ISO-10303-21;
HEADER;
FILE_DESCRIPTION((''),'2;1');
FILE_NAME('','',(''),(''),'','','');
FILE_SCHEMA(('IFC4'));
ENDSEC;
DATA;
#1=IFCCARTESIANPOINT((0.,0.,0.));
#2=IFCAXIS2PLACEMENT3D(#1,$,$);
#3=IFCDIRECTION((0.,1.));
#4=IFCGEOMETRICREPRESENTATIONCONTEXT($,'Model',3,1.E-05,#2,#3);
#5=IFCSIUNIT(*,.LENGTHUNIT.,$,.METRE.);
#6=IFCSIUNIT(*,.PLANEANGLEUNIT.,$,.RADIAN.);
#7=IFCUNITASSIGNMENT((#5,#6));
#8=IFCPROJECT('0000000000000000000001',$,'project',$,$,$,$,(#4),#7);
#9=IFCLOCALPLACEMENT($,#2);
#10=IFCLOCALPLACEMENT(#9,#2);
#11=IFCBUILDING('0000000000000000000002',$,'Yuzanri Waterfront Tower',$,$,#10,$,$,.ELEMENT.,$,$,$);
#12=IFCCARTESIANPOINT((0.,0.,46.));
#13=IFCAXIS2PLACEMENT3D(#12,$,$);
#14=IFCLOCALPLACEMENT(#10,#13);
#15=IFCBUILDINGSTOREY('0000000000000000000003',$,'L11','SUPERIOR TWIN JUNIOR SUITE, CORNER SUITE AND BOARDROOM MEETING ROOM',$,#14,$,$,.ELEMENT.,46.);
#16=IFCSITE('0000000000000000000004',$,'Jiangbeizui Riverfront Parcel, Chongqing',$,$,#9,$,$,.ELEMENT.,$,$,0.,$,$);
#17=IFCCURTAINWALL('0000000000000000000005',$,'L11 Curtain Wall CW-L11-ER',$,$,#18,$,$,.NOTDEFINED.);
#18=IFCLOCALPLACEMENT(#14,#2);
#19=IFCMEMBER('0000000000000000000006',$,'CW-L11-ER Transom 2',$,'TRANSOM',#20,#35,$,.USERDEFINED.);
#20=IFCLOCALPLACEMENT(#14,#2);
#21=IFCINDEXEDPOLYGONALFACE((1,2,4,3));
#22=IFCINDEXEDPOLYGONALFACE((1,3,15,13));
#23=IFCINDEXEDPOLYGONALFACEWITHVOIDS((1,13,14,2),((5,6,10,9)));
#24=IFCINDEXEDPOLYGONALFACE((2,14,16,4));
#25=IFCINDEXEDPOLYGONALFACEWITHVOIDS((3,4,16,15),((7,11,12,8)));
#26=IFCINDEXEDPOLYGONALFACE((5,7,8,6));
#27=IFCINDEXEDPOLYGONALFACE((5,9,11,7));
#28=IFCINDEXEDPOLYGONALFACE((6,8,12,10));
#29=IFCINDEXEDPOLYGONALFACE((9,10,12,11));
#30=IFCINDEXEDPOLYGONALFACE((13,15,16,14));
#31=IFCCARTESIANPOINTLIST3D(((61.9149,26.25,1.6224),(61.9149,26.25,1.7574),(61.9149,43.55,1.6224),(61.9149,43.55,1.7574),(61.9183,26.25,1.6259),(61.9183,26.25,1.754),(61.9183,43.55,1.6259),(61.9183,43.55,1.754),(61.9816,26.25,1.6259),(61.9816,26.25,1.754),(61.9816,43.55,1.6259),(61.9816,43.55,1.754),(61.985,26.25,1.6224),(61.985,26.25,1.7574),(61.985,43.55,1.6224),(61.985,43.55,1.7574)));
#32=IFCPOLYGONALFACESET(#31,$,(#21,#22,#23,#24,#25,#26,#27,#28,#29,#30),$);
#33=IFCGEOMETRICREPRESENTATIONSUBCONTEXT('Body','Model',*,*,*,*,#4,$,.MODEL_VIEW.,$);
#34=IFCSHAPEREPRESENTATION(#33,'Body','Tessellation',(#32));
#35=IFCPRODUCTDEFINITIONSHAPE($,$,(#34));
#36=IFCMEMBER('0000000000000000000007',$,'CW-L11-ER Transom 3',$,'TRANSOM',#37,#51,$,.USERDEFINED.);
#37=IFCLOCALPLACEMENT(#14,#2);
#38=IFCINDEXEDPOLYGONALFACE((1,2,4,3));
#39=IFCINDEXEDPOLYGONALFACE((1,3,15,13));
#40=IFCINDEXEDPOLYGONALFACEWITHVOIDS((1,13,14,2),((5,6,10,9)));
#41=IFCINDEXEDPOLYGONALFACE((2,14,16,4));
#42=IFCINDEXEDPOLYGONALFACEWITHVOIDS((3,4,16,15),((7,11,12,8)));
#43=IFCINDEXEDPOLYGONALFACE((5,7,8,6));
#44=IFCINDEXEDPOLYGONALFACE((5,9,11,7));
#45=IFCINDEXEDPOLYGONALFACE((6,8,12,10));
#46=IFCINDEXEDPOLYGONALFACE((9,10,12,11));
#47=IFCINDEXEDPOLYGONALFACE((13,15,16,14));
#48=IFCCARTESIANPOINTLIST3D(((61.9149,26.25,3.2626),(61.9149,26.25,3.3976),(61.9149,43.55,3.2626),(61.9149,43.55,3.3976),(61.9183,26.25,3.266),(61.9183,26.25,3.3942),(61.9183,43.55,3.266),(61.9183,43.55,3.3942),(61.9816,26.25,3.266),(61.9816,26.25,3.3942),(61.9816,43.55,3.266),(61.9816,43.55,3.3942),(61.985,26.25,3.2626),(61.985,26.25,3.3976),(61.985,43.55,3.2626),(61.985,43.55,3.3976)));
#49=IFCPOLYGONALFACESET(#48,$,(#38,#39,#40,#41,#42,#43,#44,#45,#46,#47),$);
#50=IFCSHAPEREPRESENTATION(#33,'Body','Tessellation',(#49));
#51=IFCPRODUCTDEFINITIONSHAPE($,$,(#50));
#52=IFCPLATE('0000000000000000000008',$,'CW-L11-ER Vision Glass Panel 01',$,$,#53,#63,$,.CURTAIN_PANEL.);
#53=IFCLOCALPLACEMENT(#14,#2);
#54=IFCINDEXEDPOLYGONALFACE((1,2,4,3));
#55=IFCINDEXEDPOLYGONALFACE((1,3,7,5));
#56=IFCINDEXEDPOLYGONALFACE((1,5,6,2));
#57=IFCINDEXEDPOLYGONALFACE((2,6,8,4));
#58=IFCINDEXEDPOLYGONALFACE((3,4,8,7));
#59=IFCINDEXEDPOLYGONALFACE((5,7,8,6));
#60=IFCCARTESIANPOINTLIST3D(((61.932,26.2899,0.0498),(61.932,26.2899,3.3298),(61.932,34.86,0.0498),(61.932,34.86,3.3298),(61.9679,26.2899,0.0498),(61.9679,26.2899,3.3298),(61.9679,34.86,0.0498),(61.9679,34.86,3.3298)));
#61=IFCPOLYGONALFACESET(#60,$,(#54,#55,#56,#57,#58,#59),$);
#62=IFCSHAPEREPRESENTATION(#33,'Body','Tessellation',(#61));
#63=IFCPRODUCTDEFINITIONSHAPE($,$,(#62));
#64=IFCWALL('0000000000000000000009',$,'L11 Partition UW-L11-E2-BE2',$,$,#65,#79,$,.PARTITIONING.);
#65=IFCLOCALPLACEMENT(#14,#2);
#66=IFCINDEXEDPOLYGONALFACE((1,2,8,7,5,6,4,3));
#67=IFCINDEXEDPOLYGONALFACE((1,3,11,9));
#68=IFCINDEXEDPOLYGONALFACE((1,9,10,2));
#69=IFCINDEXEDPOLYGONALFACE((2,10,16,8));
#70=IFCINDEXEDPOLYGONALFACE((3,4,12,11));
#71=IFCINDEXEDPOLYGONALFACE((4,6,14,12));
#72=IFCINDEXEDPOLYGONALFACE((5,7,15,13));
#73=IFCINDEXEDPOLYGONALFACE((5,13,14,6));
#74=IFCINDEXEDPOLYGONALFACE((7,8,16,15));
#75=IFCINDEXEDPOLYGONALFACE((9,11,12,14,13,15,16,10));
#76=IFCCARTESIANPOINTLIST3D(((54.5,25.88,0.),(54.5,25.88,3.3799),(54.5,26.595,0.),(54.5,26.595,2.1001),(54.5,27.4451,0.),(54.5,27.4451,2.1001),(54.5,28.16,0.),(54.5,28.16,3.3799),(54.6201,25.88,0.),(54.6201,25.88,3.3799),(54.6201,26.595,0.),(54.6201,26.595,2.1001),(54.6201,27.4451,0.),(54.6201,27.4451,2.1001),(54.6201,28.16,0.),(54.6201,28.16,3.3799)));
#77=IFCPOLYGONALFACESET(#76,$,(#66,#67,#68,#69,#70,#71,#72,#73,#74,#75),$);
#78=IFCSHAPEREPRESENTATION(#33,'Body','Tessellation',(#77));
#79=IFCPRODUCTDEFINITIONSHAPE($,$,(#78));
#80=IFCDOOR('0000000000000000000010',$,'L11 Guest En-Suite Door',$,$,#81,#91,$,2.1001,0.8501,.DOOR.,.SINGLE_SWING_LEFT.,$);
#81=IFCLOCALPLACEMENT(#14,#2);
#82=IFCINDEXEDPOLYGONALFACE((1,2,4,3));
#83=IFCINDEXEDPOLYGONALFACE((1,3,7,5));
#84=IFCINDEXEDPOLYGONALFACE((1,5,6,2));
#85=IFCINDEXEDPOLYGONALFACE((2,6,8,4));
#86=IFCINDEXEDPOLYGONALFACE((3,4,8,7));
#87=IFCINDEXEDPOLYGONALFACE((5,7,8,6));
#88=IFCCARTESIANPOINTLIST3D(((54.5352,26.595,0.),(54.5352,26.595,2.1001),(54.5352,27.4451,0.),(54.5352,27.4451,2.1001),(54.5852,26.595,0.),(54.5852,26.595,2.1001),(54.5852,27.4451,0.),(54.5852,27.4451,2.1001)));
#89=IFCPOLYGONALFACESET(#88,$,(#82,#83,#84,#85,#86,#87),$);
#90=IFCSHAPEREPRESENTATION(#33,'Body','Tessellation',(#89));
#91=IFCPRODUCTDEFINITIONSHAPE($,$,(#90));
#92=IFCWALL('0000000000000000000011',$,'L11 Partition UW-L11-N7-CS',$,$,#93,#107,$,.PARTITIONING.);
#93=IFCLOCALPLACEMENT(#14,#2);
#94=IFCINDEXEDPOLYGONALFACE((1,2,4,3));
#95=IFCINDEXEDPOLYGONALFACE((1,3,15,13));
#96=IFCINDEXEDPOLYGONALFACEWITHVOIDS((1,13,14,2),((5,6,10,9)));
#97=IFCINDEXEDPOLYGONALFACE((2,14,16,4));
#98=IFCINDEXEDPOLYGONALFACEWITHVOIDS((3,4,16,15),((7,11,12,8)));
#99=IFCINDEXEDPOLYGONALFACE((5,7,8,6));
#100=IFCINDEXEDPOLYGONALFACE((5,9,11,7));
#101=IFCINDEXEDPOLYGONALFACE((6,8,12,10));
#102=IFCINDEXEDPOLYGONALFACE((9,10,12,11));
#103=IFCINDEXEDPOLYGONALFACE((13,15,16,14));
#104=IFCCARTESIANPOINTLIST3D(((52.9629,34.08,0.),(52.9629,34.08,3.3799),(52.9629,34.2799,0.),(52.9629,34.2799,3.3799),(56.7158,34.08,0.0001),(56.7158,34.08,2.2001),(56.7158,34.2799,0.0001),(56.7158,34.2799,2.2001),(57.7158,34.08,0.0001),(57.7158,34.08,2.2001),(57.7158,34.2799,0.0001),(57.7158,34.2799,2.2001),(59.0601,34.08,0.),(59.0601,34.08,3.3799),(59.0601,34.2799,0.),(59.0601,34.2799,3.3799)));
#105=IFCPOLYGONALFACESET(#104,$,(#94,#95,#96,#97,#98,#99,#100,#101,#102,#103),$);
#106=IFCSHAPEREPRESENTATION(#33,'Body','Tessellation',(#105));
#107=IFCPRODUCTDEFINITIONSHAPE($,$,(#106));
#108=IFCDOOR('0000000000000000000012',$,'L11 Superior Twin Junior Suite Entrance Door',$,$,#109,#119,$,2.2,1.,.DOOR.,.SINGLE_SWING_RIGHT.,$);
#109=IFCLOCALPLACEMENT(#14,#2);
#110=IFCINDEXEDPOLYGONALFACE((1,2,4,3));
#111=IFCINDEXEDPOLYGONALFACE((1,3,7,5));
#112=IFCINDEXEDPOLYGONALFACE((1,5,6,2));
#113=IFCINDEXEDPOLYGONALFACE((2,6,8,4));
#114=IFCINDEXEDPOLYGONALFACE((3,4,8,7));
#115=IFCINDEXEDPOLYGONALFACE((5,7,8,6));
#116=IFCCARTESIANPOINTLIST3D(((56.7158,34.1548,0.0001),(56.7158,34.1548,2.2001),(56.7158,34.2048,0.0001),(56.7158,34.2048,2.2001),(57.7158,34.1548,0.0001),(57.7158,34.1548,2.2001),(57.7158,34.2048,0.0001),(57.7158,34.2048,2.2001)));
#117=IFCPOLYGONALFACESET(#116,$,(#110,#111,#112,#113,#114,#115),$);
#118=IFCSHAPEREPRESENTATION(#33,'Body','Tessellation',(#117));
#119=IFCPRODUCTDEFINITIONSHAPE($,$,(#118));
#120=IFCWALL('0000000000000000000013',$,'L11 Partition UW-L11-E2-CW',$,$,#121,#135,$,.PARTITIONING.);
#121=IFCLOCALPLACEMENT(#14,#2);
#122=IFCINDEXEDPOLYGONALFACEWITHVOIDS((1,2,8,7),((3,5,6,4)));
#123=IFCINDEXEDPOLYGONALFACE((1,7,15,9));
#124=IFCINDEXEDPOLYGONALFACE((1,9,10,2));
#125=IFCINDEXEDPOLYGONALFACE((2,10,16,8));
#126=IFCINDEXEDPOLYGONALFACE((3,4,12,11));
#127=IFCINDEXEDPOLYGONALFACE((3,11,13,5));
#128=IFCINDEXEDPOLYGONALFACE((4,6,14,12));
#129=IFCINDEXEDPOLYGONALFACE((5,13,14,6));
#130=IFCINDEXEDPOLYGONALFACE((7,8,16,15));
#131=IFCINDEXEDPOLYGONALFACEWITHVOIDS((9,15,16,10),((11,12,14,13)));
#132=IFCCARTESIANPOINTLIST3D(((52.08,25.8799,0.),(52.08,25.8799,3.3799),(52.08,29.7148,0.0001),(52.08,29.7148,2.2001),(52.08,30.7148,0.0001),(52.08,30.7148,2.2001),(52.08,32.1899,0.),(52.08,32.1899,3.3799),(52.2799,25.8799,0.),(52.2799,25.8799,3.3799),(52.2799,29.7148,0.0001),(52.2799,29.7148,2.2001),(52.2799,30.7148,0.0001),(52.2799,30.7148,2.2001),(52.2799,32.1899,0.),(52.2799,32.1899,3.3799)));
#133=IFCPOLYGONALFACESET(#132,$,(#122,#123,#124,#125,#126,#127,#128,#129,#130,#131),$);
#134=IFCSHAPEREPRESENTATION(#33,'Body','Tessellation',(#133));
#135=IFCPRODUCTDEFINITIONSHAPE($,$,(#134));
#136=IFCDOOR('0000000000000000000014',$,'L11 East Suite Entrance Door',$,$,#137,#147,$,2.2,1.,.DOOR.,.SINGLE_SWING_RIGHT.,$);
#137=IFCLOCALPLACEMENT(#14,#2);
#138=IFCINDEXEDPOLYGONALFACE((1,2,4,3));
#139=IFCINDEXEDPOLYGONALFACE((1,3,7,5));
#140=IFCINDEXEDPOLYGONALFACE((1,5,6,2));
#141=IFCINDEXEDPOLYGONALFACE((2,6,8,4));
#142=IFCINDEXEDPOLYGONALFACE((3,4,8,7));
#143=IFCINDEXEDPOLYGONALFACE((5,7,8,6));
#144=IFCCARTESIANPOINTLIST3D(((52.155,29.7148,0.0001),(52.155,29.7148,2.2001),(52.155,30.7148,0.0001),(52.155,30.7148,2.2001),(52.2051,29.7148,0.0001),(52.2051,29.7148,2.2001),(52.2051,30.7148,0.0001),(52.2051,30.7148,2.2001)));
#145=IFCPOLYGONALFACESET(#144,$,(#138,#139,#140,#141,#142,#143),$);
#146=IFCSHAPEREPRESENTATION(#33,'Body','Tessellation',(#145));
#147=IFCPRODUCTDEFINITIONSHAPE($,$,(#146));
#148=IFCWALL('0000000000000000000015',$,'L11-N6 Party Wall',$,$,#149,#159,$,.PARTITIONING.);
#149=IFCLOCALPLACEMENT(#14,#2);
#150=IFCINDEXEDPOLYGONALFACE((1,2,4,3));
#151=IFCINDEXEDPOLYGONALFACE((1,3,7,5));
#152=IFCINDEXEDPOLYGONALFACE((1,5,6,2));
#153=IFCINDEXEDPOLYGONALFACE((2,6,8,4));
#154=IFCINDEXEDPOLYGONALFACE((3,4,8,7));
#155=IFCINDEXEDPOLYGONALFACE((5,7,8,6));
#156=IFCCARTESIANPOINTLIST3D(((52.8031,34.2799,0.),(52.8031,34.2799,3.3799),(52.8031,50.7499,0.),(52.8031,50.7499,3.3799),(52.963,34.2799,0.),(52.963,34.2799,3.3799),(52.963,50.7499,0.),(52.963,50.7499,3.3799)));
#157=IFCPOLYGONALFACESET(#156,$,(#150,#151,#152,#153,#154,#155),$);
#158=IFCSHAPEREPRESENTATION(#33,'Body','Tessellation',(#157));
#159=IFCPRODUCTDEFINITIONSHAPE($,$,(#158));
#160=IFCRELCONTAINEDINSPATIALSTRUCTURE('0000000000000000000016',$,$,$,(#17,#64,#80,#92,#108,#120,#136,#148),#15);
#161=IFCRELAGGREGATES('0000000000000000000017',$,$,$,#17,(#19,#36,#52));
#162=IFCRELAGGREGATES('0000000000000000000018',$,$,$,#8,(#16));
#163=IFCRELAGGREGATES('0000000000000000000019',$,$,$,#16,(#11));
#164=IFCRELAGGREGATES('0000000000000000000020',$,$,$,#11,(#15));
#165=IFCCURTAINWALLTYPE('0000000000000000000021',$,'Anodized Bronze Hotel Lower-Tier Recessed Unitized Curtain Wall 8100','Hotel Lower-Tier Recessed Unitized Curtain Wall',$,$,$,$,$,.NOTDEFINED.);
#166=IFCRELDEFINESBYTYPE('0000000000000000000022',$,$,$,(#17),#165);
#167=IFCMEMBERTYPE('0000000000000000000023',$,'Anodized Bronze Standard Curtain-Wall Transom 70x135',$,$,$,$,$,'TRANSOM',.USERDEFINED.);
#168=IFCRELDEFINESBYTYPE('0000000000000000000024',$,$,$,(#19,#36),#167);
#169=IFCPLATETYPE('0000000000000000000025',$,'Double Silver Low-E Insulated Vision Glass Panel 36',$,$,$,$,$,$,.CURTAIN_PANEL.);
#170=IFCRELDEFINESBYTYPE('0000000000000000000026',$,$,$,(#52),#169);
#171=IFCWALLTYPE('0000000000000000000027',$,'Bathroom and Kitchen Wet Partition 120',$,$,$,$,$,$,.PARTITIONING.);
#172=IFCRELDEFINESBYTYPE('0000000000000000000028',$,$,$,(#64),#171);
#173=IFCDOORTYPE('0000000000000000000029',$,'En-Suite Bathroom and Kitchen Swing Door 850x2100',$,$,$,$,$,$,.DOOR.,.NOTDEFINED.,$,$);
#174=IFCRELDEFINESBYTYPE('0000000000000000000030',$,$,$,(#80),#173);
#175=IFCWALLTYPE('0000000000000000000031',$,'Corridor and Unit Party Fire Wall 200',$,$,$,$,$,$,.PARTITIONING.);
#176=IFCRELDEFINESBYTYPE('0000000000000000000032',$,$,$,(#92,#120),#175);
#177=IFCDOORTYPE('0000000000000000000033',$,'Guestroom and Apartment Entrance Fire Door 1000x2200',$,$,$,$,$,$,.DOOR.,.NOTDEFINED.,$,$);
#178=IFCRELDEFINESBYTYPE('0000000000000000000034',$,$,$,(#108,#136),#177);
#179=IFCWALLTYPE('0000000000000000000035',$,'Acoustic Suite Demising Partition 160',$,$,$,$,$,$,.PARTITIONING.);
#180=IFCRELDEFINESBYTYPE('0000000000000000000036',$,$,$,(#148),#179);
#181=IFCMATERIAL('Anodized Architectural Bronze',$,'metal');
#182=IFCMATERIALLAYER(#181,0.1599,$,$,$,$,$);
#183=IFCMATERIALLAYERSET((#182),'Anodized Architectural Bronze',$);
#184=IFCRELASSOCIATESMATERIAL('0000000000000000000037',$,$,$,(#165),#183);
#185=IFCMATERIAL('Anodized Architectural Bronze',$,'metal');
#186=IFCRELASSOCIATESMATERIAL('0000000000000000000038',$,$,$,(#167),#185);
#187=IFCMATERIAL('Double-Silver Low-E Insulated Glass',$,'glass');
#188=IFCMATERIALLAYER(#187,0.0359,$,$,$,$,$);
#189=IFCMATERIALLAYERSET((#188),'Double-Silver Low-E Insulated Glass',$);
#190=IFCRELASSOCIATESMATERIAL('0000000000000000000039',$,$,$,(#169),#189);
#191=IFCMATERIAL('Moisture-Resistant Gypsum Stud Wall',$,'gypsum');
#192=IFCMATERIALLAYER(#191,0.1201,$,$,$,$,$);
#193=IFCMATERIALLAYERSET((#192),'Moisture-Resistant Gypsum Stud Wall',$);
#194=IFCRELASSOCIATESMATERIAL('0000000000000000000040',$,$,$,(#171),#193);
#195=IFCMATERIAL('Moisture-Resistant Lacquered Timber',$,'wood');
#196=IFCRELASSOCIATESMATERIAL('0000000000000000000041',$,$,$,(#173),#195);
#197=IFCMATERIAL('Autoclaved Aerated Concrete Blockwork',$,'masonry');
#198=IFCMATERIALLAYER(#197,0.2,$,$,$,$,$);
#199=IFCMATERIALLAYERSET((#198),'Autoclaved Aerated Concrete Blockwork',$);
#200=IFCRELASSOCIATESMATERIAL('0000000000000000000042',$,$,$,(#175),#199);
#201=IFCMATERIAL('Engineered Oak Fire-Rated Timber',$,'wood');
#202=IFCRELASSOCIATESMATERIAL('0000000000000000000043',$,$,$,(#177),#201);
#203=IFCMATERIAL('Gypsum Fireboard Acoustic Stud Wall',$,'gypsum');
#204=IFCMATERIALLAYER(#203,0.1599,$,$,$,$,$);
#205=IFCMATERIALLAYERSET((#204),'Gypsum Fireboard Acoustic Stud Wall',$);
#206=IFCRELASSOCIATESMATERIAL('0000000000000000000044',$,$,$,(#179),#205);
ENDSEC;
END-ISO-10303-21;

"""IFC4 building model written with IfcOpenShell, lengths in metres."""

from ifc_helpers import new_model, si_unit, direction, frame, frame_2d, origin, origin_2d, place, context, subcontext, project, spatial, rectangle, hollow_rectangle, extrude, source, transform, mapped, material, layer, layer_set, material_profile, profile_set, type_object, element, fill, aggregate, save


model = new_model("IFC4")

# Units and contexts
model_context = context("Model", 3, precision=1e-05, world=origin(), true_north=direction((0.0, 1.0)))
body_context = subcontext(model_context, "Body", "Model", "MODEL_VIEW")
ifc_project = project(units=[si_unit("LENGTHUNIT", "METRE"), si_unit("PLANEANGLEUNIT", "RADIAN")], contexts=[model_context])

# Site, building, storey
site_placement = place(None, origin())
site = spatial("IfcSite", under=ifc_project, at=site_placement, Name="Jiangbeizui Riverfront Parcel, Chongqing", CompositionType="ELEMENT", RefElevation=0.0)
building_placement = place(site_placement, origin())
building = spatial("IfcBuilding", under=site, at=building_placement, Name="Yuzanri Waterfront Tower", CompositionType="ELEMENT")
storey_placement = place(building_placement, frame((0.0, 0.0, 46.0)))
storey = spatial("IfcBuildingStorey", under=building, at=storey_placement, Name="L11", Description="SUPERIOR TWIN JUNIOR SUITE, CORNER SUITE AND BOARDROOM MEETING ROOM", CompositionType="ELEMENT", Elevation=46.0)

# Curtain wall, members, plate
ifc_material_1 = material(Name="Anodized Architectural Bronze", Category="metal")
ifc_layer_1 = layer(ifc_material_1, 0.1599)
ifc_layer_set_1 = layer_set([ifc_layer_1], Name="Anodized Architectural Bronze")
curtain_wall_type = type_object("IfcCurtainWallType", Name="Anodized Bronze Hotel Lower-Tier Recessed Unitized Curtain Wall 8100", Description="Hotel Lower-Tier Recessed Unitized Curtain Wall", PredefinedType="NOTDEFINED", material=ifc_layer_set_1)
curtain_wall_placement = place(storey_placement, origin())
curtain_wall = element("IfcCurtainWall", 1, at=curtain_wall_placement, inside=storey, type_object=curtain_wall_type, Name="L11 Curtain Wall CW-L11-ER", PredefinedType="NOTDEFINED")
ifc_material_2 = material(Name="Anodized Architectural Bronze", Category="metal")
ifc_material_profile_1 = material_profile(ifc_material_2, hollow_rectangle(XDim=0.0701, YDim=0.135, WallThickness=0.0034, at=origin_2d()), Name="CWT 70x135")
ifc_profile_set_1 = profile_set([ifc_material_profile_1], Name="Anodized Architectural Bronze")
member_type_1 = type_object("IfcMemberType", Name="Anodized Bronze Standard Curtain-Wall Transom 70x135", ElementType="TRANSOM", PredefinedType="USERDEFINED", material=ifc_profile_set_1)
shared_shape_1 = source(origin(), body_context, "Body", "SweptSolid", [
    extrude(hollow_rectangle(XDim=0.0701, YDim=0.135, WallThickness=0.0034, at=origin_2d()), origin(), (0.0, 0.0, 1.0), 17.3),
])
member_1_placement = place(storey_placement, frame((61.95, 26.25, 1.6899), z_axis=(0.0, 1.0, 0.0), x_axis=(-1.0, 0.0, 0.0)))
member_1 = element("IfcMember", 2, at=member_1_placement, type_object=member_type_1, Name="CW-L11-ER Transom 2", ObjectType="TRANSOM", PredefinedType="USERDEFINED", context=body_context, shape_type="MappedRepresentation", body=[
    mapped(shared_shape_1, transform((0.0, 0.0, 0.0), scale=1.0)),
])
member_2_placement = place(storey_placement, frame((61.95, 26.25, 3.3301), z_axis=(0.0, 1.0, 0.0), x_axis=(-1.0, 0.0, 0.0)))
member_2 = element("IfcMember", 3, at=member_2_placement, type_object=member_type_1, Name="CW-L11-ER Transom 3", ObjectType="TRANSOM", PredefinedType="USERDEFINED", context=body_context, shape_type="MappedRepresentation", body=[
    mapped(shared_shape_1, transform((0.0, 0.0, 0.0), scale=1.0)),
])
ifc_material_3 = material(Name="Double-Silver Low-E Insulated Glass", Category="glass")
ifc_layer_2 = layer(ifc_material_3, 0.0359)
ifc_layer_set_2 = layer_set([ifc_layer_2], Name="Double-Silver Low-E Insulated Glass")
plate_type = type_object("IfcPlateType", Name="Double Silver Low-E Insulated Vision Glass Panel 36", PredefinedType="CURTAIN_PANEL", material=ifc_layer_set_2)
shared_shape_2 = source(origin(), body_context, "Body", "SweptSolid", [
    extrude(rectangle(XDim=8.5701, YDim=0.0359, at=origin_2d()), origin(), (0.0, 0.0, 1.0), 3.28),
])
plate_placement = place(storey_placement, frame((61.95, 30.575, 0.0498), z_axis=(0.0, 0.0, 1.0), x_axis=(0.0, 1.0, 0.0)))
plate = element("IfcPlate", 4, at=plate_placement, type_object=plate_type, Name="CW-L11-ER Vision Glass Panel 01", PredefinedType="CURTAIN_PANEL", context=body_context, shape_type="MappedRepresentation", body=[
    mapped(shared_shape_2, transform((0.0, 0.0, 0.0), scale=1.0)),
])
aggregate(curtain_wall, [member_1, member_2, plate])

# Walls, openings, doors
ifc_material_4 = material(Name="Moisture-Resistant Gypsum Stud Wall", Category="gypsum")
ifc_layer_3 = layer(ifc_material_4, 0.1201)
ifc_layer_set_3 = layer_set([ifc_layer_3], Name="Moisture-Resistant Gypsum Stud Wall")
wall_type_1 = type_object("IfcWallType", Name="Bathroom and Kitchen Wet Partition 120", PredefinedType="PARTITIONING", material=ifc_layer_set_3)
wall_1_placement = place(storey_placement, frame((54.5601, 25.8799, 0.0), z_axis=(0.0, 0.0, 1.0), x_axis=(0.0, 1.0, 0.0)))
wall_1 = element("IfcWall", 5, at=wall_1_placement, inside=storey, type_object=wall_type_1, Name="L11 Partition UW-L11-E2-BE2", PredefinedType="PARTITIONING", context=body_context, shape_type="SweptSolid", body=[
    extrude(rectangle(XDim=2.28, YDim=0.1201, at=frame_2d((1.1401, 0.0))), origin(), (0.0, 0.0, 1.0), 3.3799),
])
opening_1_placement = place(wall_1_placement, frame((0.7151, 0.0, 0.0)))
opening_1 = element("IfcOpeningElement", 6, at=opening_1_placement, cuts=wall_1, PredefinedType="OPENING", context=body_context, shape_type="SweptSolid", body=[
    extrude(rectangle(XDim=0.8501, YDim=2.1001, at=frame_2d((0.425, 1.05))), frame((0.0, 0.075, 0.0), z_axis=(0.0, -1.0, 0.0), x_axis=(1.0, 0.0, 0.0)), (0.0, 0.0, 1.0), 0.1499),
])
ifc_material_5 = material(Name="Moisture-Resistant Lacquered Timber", Category="wood")
door_type_1 = type_object("IfcDoorType", Name="En-Suite Bathroom and Kitchen Swing Door 850x2100", OperationType="NOTDEFINED", PredefinedType="DOOR", material=ifc_material_5)
shared_shape_3 = source(origin(), body_context, "Body", "SweptSolid", [
    extrude(rectangle(XDim=0.8501, YDim=2.1001, at=frame_2d((0.425, 1.05))), frame((0.0, 0.0249, 0.0), z_axis=(0.0, -1.0, 0.0), x_axis=(1.0, 0.0, 0.0)), (0.0, 0.0, 1.0), 0.05),
])
door_1_placement = place(opening_1_placement, origin())
door_1 = element("IfcDoor", 7, at=door_1_placement, inside=storey, type_object=door_type_1, Name="L11 Guest En-Suite Door", OperationType="SINGLE_SWING_LEFT", OverallHeight=2.1001, OverallWidth=0.8501, PredefinedType="DOOR", context=body_context, shape_type="MappedRepresentation", body=[
    mapped(shared_shape_3, transform((0.0, 0.0, 0.0), scale=1.0)),
])
fill(opening_1, door_1)
ifc_material_6 = material(Name="Autoclaved Aerated Concrete Blockwork", Category="masonry")
ifc_layer_4 = layer(ifc_material_6, 0.2)
ifc_layer_set_4 = layer_set([ifc_layer_4], Name="Autoclaved Aerated Concrete Blockwork")
wall_type_2 = type_object("IfcWallType", Name="Corridor and Unit Party Fire Wall 200", PredefinedType="PARTITIONING", material=ifc_layer_set_4)
wall_2_placement = place(storey_placement, frame((52.9629, 34.1799, 0.0), z_axis=(0.0, 0.0, 1.0), x_axis=(1.0, 0.0, 0.0)))
wall_2 = element("IfcWall", 8, at=wall_2_placement, inside=storey, type_object=wall_type_2, Name="L11 Partition UW-L11-N7-CS", PredefinedType="PARTITIONING", context=body_context, shape_type="SweptSolid", body=[
    extrude(rectangle(XDim=6.0972, YDim=0.2, at=frame_2d((3.0486, 0.0))), origin(), (0.0, 0.0, 1.0), 3.3799),
])
opening_2_placement = place(wall_2_placement, frame((3.7529, 0.0, 0.0)))
opening_2 = element("IfcOpeningElement", 9, at=opening_2_placement, cuts=wall_2, PredefinedType="OPENING", context=body_context, shape_type="SweptSolid", body=[
    extrude(rectangle(XDim=1.0, YDim=2.2, at=frame_2d((0.5, 1.1001))), frame((0.0, 0.1147, 0.0), z_axis=(0.0, -1.0, 0.0), x_axis=(1.0, 0.0, 0.0)), (0.0, 0.0, 1.0), 0.2297),
])
ifc_material_7 = material(Name="Engineered Oak Fire-Rated Timber", Category="wood")
door_type_2 = type_object("IfcDoorType", Name="Guestroom and Apartment Entrance Fire Door 1000x2200", OperationType="NOTDEFINED", PredefinedType="DOOR", material=ifc_material_7)
shared_shape_4 = source(origin(), body_context, "Body", "SweptSolid", [
    extrude(rectangle(XDim=1.0, YDim=2.2, at=frame_2d((0.5, 1.1001))), frame((0.0, 0.0249, 0.0), z_axis=(0.0, -1.0, 0.0), x_axis=(1.0, 0.0, 0.0)), (0.0, 0.0, 1.0), 0.05),
])
door_2_placement = place(opening_2_placement, origin())
door_2 = element("IfcDoor", 10, at=door_2_placement, inside=storey, type_object=door_type_2, Name="L11 Superior Twin Junior Suite Entrance Door", OperationType="SINGLE_SWING_RIGHT", OverallHeight=2.2, OverallWidth=1.0, PredefinedType="DOOR", context=body_context, shape_type="MappedRepresentation", body=[
    mapped(shared_shape_4, transform((0.0, 0.0, 0.0), scale=1.0)),
])
fill(opening_2, door_2)
wall_3_placement = place(storey_placement, frame((52.1799, 25.8799, 0.0), z_axis=(0.0, 0.0, 1.0), x_axis=(0.0, 1.0, 0.0)))
wall_3 = element("IfcWall", 11, at=wall_3_placement, inside=storey, type_object=wall_type_2, Name="L11 Partition UW-L11-E2-CW", PredefinedType="PARTITIONING", context=body_context, shape_type="SweptSolid", body=[
    extrude(rectangle(XDim=6.3101, YDim=0.2, at=frame_2d((3.155, 0.0))), origin(), (0.0, 0.0, 1.0), 3.3799),
])
opening_3_placement = place(wall_3_placement, frame((3.835, 0.0, 0.0)))
opening_3 = element("IfcOpeningElement", 12, at=opening_3_placement, cuts=wall_3, PredefinedType="OPENING", context=body_context, shape_type="SweptSolid", body=[
    extrude(rectangle(XDim=1.0, YDim=2.2, at=frame_2d((0.5, 1.1001))), frame((0.0, 0.1147, 0.0), z_axis=(0.0, -1.0, 0.0), x_axis=(1.0, 0.0, 0.0)), (0.0, 0.0, 1.0), 0.2297),
])
door_3_placement = place(opening_3_placement, origin())
door_3 = element("IfcDoor", 13, at=door_3_placement, inside=storey, type_object=door_type_2, Name="L11 East Suite Entrance Door", OperationType="SINGLE_SWING_RIGHT", OverallHeight=2.2, OverallWidth=1.0, PredefinedType="DOOR", context=body_context, shape_type="MappedRepresentation", body=[
    mapped(shared_shape_4, transform((0.0, 0.0, 0.0), scale=1.0)),
])
fill(opening_3, door_3)

# Wall
ifc_material_8 = material(Name="Gypsum Fireboard Acoustic Stud Wall", Category="gypsum")
ifc_layer_5 = layer(ifc_material_8, 0.1599)
ifc_layer_set_5 = layer_set([ifc_layer_5], Name="Gypsum Fireboard Acoustic Stud Wall")
wall_type_3 = type_object("IfcWallType", Name="Acoustic Suite Demising Partition 160", PredefinedType="PARTITIONING", material=ifc_layer_set_5)
shared_shape_5 = source(origin(), body_context, "Body", "SweptSolid", [
    extrude(rectangle(XDim=16.47, YDim=0.1599, at=frame_2d((8.2349, 0.0))), origin(), (0.0, 0.0, 1.0), 3.3799),
])
wall_4_placement = place(storey_placement, frame((52.8831, 34.28, 0.0), z_axis=(0.0, 0.0, 1.0), x_axis=(0.0, 1.0, 0.0)))
element("IfcWall", 14, at=wall_4_placement, inside=storey, type_object=wall_type_3, Name="L11-N6 Party Wall", PredefinedType="PARTITIONING", context=body_context, shape_type="MappedRepresentation", body=[
    mapped(shared_shape_5, transform((0.0, 0.0, 0.0), scale=1.0)),
])

save(model, "model.ifc")
